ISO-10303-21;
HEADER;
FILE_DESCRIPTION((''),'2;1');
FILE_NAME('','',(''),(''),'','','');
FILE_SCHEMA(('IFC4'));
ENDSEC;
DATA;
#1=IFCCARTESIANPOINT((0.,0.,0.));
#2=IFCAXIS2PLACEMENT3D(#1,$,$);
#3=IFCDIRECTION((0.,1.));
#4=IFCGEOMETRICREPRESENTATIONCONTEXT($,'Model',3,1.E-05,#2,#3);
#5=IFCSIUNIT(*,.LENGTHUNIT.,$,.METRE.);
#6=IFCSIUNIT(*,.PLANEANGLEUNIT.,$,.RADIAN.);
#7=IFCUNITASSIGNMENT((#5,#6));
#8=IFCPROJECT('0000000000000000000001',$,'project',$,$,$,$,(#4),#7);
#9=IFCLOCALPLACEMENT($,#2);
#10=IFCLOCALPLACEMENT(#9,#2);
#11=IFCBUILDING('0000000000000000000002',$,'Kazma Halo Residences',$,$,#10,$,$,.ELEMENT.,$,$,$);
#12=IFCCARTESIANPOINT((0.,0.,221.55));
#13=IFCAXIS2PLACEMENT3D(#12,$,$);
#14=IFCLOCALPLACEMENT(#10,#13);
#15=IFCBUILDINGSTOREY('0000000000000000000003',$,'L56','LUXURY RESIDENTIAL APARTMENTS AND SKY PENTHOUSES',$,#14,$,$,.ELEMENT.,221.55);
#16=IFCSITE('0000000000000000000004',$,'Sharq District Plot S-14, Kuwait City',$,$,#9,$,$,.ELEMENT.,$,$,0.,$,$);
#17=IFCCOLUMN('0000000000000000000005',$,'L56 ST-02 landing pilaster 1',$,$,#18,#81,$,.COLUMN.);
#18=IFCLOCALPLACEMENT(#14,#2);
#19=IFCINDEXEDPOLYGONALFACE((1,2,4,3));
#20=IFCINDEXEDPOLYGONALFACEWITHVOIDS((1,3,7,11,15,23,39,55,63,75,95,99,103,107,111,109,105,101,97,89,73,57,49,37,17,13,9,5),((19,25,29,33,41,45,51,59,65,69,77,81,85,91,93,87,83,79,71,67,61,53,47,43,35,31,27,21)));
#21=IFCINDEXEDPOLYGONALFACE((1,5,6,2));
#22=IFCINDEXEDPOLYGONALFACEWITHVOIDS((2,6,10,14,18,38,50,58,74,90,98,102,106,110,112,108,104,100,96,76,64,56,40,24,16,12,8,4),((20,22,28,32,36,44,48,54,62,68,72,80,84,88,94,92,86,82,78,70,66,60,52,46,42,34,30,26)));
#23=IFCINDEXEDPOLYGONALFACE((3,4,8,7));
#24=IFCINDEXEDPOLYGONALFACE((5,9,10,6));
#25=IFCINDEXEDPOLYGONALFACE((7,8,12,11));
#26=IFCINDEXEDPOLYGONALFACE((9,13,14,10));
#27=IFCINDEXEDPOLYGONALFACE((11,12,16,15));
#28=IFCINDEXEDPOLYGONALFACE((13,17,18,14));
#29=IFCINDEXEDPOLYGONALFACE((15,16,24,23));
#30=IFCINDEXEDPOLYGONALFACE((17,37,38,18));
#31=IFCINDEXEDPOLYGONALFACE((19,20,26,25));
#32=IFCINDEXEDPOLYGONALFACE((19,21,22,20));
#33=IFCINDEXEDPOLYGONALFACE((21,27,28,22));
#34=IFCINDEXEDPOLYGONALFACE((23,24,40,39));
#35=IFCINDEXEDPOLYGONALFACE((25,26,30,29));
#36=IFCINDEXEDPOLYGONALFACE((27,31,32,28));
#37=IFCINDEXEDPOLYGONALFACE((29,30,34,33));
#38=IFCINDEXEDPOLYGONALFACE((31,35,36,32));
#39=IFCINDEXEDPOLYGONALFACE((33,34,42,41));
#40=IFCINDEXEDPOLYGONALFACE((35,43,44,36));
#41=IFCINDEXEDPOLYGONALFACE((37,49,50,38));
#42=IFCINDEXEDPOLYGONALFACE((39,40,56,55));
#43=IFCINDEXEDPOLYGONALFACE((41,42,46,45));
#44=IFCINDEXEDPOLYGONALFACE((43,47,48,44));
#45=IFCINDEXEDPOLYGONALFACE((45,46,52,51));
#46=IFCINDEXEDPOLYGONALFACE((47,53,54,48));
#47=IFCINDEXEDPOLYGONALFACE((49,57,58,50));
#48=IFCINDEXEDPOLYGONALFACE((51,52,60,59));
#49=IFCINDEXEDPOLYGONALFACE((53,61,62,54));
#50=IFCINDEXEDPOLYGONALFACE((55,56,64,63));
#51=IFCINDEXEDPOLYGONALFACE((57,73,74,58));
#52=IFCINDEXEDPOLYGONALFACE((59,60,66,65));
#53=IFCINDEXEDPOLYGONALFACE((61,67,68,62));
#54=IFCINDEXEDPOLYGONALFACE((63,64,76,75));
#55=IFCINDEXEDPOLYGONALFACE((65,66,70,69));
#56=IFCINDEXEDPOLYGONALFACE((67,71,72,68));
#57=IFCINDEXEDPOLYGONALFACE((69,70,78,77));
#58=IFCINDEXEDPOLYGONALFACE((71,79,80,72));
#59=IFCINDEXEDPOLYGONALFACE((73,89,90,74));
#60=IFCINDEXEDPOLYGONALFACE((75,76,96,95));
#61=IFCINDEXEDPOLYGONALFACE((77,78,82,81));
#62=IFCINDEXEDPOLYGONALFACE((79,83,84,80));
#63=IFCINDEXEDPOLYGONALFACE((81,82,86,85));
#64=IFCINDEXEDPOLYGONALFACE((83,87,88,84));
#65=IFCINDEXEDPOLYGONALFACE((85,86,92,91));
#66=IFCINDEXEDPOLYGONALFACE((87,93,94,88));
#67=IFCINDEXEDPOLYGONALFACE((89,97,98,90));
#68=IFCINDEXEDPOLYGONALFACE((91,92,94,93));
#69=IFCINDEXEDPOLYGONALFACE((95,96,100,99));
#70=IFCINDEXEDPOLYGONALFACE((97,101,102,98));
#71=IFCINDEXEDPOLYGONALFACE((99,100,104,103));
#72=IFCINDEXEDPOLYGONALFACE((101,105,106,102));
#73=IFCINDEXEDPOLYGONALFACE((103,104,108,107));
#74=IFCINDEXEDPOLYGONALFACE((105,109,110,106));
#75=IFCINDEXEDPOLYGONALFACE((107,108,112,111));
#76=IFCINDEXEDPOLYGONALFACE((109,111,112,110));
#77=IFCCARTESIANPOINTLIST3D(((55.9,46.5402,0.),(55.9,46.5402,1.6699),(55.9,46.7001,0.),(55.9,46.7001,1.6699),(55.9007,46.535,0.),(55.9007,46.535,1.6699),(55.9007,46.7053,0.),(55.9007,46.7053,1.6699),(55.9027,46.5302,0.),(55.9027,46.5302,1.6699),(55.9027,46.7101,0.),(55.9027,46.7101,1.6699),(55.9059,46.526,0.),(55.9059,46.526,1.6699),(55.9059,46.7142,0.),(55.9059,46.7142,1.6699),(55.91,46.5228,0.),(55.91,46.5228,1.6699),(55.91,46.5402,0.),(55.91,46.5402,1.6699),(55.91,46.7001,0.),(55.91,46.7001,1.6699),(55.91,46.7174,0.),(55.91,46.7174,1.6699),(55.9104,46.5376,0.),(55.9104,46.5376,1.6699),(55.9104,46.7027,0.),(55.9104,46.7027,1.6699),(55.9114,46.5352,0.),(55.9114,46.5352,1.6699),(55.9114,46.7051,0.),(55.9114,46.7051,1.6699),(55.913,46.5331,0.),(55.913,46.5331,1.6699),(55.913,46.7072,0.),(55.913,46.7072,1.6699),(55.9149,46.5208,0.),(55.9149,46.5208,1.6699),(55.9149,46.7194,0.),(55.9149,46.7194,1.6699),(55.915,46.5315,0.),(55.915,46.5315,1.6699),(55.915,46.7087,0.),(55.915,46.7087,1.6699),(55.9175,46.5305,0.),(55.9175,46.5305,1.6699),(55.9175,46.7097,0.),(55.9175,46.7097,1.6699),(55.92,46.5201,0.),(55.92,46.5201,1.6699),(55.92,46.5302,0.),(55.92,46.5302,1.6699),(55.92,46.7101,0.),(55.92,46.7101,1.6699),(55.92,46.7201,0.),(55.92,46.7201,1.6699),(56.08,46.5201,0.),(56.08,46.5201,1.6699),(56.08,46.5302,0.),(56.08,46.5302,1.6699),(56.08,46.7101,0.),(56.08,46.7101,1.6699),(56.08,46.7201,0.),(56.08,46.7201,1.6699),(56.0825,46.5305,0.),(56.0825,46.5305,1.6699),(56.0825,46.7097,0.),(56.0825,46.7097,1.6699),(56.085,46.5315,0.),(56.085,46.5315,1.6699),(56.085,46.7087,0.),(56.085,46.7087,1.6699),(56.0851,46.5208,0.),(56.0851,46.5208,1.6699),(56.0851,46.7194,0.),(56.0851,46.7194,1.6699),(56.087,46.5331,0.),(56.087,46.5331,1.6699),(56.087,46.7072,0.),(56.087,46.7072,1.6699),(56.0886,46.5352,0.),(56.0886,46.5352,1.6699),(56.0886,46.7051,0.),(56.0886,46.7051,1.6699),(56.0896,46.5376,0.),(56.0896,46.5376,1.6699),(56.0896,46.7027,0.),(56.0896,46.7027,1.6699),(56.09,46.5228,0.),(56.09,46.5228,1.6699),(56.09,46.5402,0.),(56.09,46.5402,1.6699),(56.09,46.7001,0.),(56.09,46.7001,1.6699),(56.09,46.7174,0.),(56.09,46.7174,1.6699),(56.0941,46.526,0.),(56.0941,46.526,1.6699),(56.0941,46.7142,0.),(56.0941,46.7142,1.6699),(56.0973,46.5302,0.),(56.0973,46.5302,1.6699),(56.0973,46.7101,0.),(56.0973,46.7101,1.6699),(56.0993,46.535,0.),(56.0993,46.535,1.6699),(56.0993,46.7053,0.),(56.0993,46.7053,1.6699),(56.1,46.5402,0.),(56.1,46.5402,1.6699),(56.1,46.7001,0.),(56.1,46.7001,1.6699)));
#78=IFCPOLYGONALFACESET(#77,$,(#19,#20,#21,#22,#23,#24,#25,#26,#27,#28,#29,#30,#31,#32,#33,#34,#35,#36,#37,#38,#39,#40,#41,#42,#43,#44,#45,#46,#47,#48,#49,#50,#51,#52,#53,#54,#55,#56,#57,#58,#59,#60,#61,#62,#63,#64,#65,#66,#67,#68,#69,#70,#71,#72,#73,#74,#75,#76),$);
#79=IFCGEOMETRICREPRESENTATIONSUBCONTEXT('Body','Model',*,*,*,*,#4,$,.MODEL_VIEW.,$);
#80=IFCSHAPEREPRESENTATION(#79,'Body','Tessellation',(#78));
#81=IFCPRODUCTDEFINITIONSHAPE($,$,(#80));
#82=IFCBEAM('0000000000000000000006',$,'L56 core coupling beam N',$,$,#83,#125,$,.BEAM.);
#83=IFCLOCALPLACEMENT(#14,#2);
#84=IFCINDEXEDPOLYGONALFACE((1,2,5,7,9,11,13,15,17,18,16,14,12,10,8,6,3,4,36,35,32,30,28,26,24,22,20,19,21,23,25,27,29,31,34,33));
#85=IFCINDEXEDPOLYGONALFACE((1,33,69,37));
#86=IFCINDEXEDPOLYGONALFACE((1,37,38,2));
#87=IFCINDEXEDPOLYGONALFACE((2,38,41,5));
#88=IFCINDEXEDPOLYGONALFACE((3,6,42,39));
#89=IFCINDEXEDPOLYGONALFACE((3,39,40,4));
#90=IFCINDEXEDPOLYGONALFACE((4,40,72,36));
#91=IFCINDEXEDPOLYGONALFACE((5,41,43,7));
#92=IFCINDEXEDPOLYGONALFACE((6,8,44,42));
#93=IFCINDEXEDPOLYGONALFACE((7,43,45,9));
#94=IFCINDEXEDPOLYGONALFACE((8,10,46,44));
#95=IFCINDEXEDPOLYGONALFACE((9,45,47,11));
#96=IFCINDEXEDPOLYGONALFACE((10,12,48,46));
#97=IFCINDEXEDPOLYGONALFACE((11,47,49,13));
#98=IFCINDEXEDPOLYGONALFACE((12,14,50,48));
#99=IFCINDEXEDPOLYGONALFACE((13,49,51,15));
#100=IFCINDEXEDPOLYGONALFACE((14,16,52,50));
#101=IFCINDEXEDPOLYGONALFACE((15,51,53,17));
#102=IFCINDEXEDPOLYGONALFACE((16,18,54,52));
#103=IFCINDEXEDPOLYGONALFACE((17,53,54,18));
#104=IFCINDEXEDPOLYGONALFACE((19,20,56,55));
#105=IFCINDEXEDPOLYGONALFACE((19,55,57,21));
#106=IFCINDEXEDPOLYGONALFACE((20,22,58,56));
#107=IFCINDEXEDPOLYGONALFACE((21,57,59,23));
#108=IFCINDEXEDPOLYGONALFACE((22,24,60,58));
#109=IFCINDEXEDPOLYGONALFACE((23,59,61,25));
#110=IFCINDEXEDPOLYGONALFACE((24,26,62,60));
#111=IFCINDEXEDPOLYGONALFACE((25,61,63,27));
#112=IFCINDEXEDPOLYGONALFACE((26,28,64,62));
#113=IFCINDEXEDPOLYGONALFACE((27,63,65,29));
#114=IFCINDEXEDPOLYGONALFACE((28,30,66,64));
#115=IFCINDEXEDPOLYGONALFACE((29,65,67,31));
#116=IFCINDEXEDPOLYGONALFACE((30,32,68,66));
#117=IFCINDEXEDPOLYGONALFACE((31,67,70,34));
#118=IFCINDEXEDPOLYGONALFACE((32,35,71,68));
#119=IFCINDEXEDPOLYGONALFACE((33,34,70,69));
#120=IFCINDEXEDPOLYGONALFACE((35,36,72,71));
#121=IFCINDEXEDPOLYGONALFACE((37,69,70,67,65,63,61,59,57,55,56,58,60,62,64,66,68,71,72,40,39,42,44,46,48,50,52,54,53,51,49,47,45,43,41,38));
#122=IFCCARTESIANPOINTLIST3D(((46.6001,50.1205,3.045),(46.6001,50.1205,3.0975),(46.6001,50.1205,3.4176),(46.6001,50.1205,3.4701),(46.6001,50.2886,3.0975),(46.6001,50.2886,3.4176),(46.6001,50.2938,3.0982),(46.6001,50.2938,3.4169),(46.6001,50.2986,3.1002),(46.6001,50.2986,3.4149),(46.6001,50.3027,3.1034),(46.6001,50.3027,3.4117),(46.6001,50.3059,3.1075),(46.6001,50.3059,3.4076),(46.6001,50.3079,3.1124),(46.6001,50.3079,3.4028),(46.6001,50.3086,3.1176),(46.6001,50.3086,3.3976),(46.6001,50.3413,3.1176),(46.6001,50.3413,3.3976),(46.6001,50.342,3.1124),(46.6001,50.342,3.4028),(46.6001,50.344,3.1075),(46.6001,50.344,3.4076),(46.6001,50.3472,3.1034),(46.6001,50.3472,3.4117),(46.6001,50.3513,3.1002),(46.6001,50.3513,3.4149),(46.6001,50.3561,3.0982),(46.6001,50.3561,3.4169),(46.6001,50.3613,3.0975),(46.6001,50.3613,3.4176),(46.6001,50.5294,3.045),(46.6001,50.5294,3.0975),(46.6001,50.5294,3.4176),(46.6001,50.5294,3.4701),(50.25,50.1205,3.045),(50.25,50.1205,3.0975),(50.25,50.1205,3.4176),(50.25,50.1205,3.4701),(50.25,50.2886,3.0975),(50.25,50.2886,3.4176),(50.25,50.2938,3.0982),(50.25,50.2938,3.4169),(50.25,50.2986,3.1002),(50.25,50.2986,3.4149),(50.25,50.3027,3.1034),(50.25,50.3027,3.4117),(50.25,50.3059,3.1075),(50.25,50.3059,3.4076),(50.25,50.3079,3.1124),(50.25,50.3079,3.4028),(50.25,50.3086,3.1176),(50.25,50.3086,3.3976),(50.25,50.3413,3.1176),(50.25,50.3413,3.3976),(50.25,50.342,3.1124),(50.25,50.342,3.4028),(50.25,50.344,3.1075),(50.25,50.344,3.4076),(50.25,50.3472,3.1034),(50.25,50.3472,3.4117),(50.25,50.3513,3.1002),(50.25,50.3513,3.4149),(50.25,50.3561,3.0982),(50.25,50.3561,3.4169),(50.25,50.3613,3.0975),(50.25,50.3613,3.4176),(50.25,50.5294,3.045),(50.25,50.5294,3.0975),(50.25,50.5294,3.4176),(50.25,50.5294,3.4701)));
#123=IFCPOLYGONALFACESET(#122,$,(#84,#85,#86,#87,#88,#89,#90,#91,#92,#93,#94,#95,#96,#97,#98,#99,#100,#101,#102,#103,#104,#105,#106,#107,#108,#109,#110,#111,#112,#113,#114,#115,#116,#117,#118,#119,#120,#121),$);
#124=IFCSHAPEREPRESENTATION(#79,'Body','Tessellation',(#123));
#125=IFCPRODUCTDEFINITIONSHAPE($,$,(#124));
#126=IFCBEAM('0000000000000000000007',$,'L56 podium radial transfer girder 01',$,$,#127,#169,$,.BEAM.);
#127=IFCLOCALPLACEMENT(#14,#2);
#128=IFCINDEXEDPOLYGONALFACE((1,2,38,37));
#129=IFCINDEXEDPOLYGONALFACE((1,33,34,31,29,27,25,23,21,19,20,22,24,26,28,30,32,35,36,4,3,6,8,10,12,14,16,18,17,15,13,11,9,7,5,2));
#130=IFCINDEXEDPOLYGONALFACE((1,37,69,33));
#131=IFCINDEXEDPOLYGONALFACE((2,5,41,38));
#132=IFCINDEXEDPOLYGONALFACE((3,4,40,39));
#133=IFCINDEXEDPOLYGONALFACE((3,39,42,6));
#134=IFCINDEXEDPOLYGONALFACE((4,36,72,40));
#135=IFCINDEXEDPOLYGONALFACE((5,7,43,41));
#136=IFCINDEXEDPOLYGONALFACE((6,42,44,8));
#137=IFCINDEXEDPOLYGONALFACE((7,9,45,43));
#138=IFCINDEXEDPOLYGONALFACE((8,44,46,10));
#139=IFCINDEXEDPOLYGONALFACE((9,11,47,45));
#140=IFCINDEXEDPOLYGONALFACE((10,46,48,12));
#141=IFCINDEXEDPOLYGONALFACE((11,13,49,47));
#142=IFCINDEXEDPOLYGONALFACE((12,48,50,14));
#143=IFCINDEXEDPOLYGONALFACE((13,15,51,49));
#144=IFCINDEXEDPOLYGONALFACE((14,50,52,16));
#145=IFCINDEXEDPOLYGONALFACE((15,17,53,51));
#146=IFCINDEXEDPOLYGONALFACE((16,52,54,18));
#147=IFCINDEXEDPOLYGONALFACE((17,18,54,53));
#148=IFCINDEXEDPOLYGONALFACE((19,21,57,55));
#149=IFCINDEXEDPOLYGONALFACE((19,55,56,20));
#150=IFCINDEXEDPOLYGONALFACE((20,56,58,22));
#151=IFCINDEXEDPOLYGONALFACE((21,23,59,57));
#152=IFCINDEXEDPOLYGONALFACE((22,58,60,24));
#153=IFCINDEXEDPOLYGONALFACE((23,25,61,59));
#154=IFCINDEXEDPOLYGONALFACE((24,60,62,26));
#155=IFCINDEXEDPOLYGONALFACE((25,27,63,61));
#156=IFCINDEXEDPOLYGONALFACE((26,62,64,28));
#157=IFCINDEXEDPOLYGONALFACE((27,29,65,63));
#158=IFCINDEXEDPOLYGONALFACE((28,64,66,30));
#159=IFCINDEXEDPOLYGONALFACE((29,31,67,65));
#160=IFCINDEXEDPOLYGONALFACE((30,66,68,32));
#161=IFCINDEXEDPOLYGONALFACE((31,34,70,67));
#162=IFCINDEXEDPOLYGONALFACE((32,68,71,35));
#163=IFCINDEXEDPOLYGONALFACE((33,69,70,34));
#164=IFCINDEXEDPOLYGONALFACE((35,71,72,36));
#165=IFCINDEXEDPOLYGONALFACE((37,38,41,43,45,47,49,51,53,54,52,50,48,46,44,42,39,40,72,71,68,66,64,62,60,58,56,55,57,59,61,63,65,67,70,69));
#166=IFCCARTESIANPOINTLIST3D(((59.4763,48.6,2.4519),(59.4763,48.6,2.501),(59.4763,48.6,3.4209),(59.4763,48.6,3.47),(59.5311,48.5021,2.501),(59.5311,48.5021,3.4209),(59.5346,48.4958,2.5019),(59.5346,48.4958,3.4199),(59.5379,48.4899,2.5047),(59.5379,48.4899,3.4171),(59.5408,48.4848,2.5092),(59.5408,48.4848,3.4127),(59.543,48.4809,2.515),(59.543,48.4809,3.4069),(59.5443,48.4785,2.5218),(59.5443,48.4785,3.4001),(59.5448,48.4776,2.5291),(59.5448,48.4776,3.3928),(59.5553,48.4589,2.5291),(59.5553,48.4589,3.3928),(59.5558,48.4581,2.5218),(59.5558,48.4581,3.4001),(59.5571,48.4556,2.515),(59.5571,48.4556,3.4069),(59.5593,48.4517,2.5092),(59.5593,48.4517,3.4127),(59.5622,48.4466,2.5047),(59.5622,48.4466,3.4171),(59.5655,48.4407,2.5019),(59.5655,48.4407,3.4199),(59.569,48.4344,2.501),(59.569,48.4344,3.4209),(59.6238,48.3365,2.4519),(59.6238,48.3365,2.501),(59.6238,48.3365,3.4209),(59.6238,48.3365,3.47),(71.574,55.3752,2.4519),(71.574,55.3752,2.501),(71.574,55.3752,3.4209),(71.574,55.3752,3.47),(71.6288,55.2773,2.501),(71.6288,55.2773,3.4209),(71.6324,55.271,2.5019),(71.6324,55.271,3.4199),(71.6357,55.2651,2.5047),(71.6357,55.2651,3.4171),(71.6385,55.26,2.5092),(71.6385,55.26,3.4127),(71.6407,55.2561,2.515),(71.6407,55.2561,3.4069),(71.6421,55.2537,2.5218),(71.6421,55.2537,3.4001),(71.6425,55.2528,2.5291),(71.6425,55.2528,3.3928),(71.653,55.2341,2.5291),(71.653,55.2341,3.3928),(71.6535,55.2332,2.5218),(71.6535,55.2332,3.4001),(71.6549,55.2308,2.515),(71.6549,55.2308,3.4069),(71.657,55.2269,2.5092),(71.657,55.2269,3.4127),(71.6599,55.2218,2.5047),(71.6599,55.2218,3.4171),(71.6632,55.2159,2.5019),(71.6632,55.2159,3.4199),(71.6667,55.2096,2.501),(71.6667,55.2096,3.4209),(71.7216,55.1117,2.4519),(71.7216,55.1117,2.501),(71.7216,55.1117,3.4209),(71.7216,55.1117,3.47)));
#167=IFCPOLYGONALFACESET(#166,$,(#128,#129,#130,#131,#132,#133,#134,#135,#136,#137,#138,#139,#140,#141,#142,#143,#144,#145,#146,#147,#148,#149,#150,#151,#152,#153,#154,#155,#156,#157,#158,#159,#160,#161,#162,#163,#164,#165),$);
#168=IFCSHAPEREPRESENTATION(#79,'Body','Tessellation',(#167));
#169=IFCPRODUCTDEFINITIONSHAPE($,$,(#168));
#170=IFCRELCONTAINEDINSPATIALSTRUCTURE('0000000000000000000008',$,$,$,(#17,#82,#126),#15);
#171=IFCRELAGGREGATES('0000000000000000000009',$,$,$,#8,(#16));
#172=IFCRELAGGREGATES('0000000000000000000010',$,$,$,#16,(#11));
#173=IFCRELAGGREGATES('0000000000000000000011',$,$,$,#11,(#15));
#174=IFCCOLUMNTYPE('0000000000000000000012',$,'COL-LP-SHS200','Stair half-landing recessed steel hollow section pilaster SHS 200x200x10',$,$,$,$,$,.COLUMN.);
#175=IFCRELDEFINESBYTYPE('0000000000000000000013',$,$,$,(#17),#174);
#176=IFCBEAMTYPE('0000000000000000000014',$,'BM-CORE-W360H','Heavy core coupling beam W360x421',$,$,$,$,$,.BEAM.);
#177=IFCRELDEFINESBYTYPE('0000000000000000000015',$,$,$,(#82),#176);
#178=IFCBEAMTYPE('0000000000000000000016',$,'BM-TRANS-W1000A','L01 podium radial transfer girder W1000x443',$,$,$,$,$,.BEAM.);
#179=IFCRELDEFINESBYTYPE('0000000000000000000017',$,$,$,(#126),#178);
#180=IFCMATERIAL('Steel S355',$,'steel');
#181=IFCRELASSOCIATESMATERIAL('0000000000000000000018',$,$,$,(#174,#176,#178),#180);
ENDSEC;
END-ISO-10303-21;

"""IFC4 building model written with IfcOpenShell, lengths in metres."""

from ifc_helpers import new_model, si_unit, direction, frame, origin, origin_2d, place, context, subcontext, project, spatial, hollow_rectangle, i_section, extrude, material, material_profile, profile_set, type_object, element, save


model = new_model("IFC4")

# Units and contexts
model_context = context("Model", 3, precision=1e-05, world=origin(), true_north=direction((0.0, 1.0)))
body_context = subcontext(model_context, "Body", "Model", "MODEL_VIEW")
ifc_project = project(units=[si_unit("LENGTHUNIT", "METRE"), si_unit("PLANEANGLEUNIT", "RADIAN")], contexts=[model_context])

# Site, building, storey
site_placement = place(None, origin())
site = spatial("IfcSite", under=ifc_project, at=site_placement, Name="Sharq District Plot S-14, Kuwait City", CompositionType="ELEMENT", RefElevation=0.0)
building_placement = place(site_placement, origin())
building = spatial("IfcBuilding", under=site, at=building_placement, Name="Kazma Halo Residences", CompositionType="ELEMENT")
storey_placement = place(building_placement, frame((0.0, 0.0, 221.55)))
storey = spatial("IfcBuildingStorey", under=building, at=storey_placement, Name="L56", Description="LUXURY RESIDENTIAL APARTMENTS AND SKY PENTHOUSES", CompositionType="ELEMENT", Elevation=221.55)

# Column
ifc_material_1 = material(Name="Steel S355", Category="steel")
ifc_material_profile_1 = material_profile(ifc_material_1, hollow_rectangle(XDim=0.2, YDim=0.2, WallThickness=0.01, InnerFilletRadius=0.01, OuterFilletRadius=0.02, at=origin_2d()), Name="SHS200x200x10")
ifc_profile_set_1 = profile_set([ifc_material_profile_1], Name="Steel S355")
column_type = type_object("IfcColumnType", Name="COL-LP-SHS200", Description="Stair half-landing recessed steel hollow section pilaster SHS 200x200x10", PredefinedType="COLUMN", material=ifc_profile_set_1)
column_placement = place(storey_placement, frame((56.0, 46.6201, 0.0), z_axis=(0.0, 0.0, 1.0), x_axis=(1.0, 0.0, 0.0)))
element("IfcColumn", 1, at=column_placement, inside=storey, type_object=column_type, Name="L56 ST-02 landing pilaster 1", PredefinedType="COLUMN", context=body_context, shape_type="SweptSolid", body=[
    extrude(hollow_rectangle(XDim=0.2, YDim=0.2, WallThickness=0.01, InnerFilletRadius=0.01, OuterFilletRadius=0.02, at=origin_2d()), origin(), (0.0, 0.0, 1.0), 1.6699),
])

# Beams
ifc_material_profile_2 = material_profile(ifc_material_1, i_section(OverallWidth=0.4089, OverallDepth=0.425, WebThickness=0.0327, FlangeThickness=0.0525, FilletRadius=0.02, at=origin_2d()), Name="W360x421")
ifc_profile_set_2 = profile_set([ifc_material_profile_2], Name="Steel S355")
beam_type_1 = type_object("IfcBeamType", Name="BM-CORE-W360H", Description="Heavy core coupling beam W360x421", PredefinedType="BEAM", material=ifc_profile_set_2)
beam_1_placement = place(storey_placement, frame((46.6001, 50.325, 3.2576), z_axis=(1.0, 0.0, 0.0), x_axis=(0.0, 1.0, 0.0)))
element("IfcBeam", 2, at=beam_1_placement, inside=storey, type_object=beam_type_1, Name="L56 core coupling beam N", PredefinedType="BEAM", context=body_context, shape_type="SweptSolid", body=[
    extrude(i_section(OverallWidth=0.4089, OverallDepth=0.425, WebThickness=0.0327, FlangeThickness=0.0525, FilletRadius=0.02, at=origin_2d()), origin(), (0.0, 0.0, 1.0), 3.6499),
])
ifc_material_profile_3 = material_profile(ifc_material_1, i_section(OverallWidth=0.302, OverallDepth=1.0181, WebThickness=0.0215, FlangeThickness=0.0491, FilletRadius=0.0281, at=origin_2d()), Name="W1000x443")
ifc_profile_set_3 = profile_set([ifc_material_profile_3], Name="Steel S355")
beam_type_2 = type_object("IfcBeamType", Name="BM-TRANS-W1000A", Description="L01 podium radial transfer girder W1000x443", PredefinedType="BEAM", material=ifc_profile_set_3)
beam_2_placement = place(storey_placement, frame((59.55, 48.4683, 2.9609), z_axis=(0.872492, 0.488629, 0.0), x_axis=(-0.488629, 0.872492, 0.0)))
element("IfcBeam", 3, at=beam_2_placement, inside=storey, type_object=beam_type_2, Name="L56 podium radial transfer girder 01", PredefinedType="BEAM", context=body_context, shape_type="SweptSolid", body=[
    extrude(i_section(OverallWidth=0.302, OverallDepth=1.0181, WebThickness=0.0215, FlangeThickness=0.0491, FilletRadius=0.0281, at=origin_2d()), origin(), (0.0, 0.0, 1.0), 13.8657),
])

save(model, "model.ifc")
